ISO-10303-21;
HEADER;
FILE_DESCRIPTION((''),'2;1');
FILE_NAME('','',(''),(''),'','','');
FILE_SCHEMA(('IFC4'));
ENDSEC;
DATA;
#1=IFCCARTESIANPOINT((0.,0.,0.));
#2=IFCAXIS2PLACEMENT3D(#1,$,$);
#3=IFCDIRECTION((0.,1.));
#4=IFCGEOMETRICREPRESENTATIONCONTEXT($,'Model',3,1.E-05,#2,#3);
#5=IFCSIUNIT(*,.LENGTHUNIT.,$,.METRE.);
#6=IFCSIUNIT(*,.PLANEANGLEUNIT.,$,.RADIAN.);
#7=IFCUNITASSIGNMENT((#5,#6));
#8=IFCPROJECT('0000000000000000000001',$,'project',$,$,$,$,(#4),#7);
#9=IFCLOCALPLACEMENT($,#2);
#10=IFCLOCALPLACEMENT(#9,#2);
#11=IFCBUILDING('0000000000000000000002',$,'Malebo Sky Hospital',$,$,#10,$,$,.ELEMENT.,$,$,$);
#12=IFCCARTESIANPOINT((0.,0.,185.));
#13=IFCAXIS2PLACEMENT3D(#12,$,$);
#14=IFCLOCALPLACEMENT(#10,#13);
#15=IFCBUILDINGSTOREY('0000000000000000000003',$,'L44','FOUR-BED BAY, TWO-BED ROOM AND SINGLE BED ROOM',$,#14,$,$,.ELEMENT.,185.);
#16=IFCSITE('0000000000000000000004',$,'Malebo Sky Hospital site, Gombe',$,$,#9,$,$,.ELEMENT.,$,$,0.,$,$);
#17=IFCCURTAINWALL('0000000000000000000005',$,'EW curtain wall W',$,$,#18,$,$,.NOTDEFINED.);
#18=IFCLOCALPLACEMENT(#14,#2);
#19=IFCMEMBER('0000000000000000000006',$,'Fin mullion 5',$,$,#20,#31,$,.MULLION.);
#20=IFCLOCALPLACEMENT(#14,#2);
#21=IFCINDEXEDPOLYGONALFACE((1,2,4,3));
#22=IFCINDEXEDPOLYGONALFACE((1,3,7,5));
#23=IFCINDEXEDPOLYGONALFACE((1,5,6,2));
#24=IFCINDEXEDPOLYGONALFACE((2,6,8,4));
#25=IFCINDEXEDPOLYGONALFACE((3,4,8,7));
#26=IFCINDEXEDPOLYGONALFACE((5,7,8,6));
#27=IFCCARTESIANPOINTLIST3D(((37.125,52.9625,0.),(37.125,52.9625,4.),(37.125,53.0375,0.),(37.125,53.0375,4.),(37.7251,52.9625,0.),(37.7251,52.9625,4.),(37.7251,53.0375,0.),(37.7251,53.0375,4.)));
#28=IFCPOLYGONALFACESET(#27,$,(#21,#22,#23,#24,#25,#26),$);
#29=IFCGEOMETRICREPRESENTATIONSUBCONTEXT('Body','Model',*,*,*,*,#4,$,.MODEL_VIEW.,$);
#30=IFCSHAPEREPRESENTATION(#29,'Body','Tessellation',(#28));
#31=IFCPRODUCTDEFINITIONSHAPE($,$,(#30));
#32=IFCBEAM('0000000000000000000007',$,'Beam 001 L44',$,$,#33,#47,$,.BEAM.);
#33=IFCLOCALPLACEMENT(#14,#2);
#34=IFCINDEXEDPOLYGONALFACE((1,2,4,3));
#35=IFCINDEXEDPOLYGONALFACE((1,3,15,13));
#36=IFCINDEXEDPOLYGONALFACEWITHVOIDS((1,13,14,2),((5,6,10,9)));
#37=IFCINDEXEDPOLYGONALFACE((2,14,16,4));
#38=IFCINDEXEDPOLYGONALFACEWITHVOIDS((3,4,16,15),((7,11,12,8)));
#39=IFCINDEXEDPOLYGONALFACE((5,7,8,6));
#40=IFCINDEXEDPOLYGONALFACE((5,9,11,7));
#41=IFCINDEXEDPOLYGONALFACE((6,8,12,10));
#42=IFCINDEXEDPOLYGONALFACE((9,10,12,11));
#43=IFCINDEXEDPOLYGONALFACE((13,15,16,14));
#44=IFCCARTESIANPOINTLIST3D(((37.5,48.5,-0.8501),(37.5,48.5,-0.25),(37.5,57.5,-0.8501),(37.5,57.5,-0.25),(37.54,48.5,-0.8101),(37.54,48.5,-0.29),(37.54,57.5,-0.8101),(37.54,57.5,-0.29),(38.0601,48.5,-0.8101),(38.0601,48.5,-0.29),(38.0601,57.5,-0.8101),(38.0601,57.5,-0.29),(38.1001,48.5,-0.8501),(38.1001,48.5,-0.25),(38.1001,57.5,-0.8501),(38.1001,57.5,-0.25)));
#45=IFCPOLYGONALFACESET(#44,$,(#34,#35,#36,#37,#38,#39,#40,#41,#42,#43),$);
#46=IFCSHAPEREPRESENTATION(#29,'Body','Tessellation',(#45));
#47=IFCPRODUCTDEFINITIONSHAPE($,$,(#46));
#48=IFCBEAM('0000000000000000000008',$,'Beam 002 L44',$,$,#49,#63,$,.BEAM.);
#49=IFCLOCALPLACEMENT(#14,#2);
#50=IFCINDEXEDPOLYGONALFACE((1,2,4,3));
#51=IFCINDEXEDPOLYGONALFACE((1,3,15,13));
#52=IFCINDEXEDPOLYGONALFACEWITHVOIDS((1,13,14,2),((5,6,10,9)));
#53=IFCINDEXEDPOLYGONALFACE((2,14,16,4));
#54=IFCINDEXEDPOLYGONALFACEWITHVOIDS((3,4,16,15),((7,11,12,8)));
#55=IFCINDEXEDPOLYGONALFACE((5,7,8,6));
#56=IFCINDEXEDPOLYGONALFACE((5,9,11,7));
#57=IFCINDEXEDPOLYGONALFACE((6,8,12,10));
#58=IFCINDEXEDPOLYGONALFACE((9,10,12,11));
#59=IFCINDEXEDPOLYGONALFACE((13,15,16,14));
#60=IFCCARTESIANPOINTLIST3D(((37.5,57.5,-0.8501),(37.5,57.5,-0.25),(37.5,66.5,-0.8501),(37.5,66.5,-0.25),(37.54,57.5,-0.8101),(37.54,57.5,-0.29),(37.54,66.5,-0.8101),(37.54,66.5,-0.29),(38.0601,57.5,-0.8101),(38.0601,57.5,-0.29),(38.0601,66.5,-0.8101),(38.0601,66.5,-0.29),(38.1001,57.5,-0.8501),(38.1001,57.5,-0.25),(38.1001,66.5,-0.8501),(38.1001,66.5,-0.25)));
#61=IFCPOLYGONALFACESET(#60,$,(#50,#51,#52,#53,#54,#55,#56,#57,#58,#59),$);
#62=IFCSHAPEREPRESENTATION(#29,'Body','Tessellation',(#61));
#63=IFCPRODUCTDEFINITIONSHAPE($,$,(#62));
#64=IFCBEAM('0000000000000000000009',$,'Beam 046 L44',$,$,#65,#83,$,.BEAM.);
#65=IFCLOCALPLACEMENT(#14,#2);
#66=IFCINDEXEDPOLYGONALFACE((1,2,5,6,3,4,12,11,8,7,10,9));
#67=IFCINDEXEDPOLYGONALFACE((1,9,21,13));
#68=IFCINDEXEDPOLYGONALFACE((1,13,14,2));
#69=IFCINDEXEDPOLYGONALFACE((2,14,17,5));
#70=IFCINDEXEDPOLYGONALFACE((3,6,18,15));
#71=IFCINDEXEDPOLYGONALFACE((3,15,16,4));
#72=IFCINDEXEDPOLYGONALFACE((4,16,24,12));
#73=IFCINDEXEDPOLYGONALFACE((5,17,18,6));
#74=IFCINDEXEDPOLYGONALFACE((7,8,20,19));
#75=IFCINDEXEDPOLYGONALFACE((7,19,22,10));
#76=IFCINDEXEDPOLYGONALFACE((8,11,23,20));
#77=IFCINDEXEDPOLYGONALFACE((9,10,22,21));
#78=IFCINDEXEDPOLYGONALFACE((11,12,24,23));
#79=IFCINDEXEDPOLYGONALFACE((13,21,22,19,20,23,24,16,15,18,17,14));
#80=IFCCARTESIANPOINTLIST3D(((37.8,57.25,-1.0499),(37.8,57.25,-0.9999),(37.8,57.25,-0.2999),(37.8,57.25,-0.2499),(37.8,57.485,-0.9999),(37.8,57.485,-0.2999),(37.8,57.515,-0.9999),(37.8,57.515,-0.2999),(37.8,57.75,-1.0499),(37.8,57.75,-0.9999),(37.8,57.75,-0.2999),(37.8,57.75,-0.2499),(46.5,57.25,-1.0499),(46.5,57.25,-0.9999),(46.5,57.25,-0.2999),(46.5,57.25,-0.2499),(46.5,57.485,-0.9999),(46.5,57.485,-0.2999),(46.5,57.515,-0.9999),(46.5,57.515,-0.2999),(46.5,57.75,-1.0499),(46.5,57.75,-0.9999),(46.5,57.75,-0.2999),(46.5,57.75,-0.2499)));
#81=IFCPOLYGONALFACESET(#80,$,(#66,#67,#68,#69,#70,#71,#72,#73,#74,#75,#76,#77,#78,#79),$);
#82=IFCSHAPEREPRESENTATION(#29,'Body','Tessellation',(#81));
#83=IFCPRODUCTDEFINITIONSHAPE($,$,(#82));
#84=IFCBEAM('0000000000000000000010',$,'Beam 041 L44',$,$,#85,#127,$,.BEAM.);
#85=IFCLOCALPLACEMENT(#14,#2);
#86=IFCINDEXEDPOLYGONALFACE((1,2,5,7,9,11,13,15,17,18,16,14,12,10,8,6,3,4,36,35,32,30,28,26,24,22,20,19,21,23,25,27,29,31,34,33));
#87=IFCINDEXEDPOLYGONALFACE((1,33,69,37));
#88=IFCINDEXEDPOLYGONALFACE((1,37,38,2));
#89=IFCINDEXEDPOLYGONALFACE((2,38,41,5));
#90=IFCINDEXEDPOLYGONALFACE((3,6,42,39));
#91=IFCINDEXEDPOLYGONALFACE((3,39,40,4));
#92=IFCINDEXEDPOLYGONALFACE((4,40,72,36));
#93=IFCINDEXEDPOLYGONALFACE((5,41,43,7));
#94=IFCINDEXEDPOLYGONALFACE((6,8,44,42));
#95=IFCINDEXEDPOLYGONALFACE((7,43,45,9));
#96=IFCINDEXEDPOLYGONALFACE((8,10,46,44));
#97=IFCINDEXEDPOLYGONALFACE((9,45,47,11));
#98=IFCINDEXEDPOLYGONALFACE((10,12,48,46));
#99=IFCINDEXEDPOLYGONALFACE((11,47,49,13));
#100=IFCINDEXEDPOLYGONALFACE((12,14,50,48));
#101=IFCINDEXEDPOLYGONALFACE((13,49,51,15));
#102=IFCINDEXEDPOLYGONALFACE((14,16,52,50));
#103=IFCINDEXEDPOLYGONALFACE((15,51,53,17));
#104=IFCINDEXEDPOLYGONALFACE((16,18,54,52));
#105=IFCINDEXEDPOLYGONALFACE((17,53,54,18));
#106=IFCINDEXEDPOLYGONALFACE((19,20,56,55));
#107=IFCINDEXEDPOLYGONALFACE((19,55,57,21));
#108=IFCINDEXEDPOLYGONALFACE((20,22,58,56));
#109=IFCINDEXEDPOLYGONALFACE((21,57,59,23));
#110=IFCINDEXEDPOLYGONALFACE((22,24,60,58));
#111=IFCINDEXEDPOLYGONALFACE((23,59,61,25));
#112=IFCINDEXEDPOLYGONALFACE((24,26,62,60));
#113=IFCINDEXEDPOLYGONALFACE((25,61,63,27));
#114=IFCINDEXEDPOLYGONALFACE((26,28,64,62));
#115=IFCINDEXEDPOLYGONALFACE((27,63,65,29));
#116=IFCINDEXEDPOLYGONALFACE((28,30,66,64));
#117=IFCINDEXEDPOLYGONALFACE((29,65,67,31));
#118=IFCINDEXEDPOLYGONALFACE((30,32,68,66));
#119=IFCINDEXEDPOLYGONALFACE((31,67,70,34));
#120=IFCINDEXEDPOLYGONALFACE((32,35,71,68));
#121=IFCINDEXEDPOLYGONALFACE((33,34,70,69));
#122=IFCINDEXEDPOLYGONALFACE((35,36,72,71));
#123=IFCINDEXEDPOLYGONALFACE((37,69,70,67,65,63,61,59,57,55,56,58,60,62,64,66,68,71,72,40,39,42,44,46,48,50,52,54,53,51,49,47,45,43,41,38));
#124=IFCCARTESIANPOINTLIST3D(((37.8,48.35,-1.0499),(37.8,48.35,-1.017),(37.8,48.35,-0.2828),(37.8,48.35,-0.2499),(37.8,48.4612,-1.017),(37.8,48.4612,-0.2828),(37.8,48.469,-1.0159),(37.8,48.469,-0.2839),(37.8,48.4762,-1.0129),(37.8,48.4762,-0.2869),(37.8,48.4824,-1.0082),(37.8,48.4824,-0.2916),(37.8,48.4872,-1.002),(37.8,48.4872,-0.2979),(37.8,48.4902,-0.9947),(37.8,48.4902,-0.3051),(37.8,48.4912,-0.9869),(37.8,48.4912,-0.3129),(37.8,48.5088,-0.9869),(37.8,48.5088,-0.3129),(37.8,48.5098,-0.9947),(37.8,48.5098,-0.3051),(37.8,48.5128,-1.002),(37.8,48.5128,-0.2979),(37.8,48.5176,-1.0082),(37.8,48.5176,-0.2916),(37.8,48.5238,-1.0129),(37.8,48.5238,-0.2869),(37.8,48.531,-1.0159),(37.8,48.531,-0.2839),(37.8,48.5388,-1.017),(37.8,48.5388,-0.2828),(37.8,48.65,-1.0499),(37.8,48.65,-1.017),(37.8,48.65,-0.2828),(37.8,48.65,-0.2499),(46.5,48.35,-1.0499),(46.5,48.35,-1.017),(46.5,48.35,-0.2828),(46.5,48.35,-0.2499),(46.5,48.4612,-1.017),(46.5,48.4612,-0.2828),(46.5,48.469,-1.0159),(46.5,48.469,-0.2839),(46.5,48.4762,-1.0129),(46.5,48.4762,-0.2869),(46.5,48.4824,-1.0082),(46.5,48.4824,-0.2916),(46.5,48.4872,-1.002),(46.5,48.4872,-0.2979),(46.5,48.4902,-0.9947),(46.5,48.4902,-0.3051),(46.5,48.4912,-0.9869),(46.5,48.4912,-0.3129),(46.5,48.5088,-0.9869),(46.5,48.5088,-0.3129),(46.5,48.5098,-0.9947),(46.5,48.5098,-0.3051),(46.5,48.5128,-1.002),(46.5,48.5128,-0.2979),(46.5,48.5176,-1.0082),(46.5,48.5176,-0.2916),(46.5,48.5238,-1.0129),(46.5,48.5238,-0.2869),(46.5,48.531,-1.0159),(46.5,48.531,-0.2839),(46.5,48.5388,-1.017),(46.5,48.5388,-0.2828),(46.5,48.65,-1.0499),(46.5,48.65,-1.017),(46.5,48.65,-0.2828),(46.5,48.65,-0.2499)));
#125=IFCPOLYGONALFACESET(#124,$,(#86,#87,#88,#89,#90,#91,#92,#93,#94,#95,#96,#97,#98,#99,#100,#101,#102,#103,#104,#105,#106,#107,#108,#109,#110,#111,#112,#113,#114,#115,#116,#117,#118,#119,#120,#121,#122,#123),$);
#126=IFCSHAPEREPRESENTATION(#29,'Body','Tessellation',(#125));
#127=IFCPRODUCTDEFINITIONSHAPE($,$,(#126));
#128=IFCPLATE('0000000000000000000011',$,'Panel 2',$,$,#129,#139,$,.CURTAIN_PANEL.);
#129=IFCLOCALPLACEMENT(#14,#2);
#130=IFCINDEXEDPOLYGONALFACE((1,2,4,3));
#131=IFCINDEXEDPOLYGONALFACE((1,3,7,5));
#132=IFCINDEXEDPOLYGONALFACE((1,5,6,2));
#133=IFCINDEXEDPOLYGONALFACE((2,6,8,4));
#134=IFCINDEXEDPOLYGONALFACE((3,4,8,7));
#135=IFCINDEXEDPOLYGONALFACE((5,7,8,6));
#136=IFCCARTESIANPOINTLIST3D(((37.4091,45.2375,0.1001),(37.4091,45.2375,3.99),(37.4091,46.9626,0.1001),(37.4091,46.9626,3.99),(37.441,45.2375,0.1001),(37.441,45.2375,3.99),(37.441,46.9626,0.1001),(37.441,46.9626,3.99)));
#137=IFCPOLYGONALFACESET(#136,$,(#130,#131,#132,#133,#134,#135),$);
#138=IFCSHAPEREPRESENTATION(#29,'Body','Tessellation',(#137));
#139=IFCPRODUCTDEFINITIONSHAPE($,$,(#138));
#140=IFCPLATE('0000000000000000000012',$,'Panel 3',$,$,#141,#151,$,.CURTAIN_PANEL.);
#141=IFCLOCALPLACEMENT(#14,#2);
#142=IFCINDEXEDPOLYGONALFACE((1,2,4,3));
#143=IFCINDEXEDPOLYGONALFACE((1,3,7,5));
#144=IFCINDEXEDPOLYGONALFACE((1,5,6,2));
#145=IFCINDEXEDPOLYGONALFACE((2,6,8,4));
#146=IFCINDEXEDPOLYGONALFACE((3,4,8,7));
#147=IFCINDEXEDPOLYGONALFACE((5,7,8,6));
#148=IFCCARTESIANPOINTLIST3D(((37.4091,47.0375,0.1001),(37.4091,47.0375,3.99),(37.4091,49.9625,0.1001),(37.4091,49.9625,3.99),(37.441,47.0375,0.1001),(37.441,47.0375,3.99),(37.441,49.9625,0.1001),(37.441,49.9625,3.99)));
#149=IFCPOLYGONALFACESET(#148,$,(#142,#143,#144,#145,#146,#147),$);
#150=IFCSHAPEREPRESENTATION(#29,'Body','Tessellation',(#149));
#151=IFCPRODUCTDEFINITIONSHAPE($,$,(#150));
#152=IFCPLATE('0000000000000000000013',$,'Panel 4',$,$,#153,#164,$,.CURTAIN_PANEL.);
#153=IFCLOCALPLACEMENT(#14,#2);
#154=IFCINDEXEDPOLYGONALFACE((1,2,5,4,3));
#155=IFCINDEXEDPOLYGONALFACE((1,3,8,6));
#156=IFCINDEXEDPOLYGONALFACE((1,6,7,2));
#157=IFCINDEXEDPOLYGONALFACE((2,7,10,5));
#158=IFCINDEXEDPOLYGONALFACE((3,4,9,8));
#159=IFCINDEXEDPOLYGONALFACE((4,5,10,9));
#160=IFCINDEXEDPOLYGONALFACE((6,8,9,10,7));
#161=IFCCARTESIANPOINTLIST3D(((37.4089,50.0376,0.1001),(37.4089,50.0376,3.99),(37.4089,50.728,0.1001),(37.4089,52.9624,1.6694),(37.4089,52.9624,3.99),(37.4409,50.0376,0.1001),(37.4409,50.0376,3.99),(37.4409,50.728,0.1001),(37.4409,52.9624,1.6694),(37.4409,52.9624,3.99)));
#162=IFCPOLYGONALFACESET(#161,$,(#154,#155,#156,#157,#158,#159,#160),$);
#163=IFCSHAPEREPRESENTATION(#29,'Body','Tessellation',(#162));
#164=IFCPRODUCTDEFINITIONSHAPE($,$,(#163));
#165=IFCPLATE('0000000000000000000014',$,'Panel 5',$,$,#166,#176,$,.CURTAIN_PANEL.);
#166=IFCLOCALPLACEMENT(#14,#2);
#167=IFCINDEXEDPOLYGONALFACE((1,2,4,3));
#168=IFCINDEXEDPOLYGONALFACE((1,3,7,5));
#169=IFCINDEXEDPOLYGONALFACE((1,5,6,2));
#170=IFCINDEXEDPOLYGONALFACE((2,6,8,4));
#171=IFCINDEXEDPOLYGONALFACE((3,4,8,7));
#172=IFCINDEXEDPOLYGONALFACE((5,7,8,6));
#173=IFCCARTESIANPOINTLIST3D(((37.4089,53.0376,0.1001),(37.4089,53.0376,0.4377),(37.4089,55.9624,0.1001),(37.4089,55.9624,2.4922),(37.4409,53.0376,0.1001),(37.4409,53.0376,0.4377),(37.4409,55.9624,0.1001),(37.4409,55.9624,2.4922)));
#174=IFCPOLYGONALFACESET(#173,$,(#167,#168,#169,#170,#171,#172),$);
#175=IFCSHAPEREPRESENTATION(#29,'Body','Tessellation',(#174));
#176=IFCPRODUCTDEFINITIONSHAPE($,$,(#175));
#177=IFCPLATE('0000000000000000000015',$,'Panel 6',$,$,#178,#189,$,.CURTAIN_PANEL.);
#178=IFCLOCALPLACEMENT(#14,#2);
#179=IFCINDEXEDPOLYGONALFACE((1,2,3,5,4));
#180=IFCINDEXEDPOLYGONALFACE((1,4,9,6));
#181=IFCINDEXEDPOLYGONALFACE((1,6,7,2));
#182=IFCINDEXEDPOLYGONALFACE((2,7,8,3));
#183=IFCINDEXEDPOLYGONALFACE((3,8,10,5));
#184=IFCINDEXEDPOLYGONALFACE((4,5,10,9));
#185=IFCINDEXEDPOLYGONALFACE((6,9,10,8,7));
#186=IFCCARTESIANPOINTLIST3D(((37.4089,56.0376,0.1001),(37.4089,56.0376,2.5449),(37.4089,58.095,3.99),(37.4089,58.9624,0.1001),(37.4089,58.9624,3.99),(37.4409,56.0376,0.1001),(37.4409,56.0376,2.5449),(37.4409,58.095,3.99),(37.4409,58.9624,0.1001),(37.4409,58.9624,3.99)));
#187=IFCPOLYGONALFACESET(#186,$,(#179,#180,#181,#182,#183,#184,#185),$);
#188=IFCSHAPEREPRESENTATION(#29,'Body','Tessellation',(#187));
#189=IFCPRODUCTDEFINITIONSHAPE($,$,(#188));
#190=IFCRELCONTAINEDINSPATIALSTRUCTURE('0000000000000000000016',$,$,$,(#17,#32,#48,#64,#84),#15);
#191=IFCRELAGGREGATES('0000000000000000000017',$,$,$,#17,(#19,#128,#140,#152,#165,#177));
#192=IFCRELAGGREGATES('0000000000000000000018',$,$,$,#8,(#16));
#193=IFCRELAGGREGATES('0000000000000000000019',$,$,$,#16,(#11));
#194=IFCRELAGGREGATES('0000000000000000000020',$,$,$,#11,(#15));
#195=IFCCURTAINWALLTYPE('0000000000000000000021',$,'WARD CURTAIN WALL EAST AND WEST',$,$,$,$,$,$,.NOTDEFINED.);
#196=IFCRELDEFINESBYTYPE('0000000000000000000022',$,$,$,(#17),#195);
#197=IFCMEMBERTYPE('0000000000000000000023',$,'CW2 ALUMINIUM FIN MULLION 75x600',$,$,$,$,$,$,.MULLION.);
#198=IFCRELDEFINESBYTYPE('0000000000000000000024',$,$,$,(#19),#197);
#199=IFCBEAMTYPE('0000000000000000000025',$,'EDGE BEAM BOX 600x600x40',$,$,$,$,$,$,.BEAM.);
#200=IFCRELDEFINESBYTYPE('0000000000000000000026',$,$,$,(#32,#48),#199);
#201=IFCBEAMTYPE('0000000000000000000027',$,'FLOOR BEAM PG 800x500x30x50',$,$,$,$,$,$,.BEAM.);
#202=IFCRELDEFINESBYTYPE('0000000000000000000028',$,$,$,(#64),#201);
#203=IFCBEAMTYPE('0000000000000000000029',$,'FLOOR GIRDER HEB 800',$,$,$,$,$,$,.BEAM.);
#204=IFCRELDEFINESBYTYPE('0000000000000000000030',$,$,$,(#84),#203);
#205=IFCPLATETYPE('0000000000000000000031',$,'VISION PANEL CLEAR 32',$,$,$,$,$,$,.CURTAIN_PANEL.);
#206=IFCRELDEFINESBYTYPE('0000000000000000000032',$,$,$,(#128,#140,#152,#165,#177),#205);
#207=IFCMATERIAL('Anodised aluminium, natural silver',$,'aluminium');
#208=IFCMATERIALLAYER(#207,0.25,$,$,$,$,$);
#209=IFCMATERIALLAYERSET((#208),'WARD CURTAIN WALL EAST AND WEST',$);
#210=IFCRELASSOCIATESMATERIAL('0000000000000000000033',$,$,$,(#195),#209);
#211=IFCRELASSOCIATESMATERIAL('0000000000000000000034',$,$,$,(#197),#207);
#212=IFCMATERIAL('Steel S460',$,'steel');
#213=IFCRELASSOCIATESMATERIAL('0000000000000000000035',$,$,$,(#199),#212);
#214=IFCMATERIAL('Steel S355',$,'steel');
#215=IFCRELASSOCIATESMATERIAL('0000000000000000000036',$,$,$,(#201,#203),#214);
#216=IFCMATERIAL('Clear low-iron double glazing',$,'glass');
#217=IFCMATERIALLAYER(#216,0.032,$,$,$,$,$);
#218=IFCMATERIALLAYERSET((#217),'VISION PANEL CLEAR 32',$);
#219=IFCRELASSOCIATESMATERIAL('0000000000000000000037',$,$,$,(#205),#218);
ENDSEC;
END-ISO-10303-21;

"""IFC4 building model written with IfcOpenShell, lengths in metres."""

from ifc_helpers import new_model, si_unit, direction, frame, origin, origin_2d, place, context, subcontext, project, spatial, polyline, rectangle, hollow_rectangle, i_section, outline, extrude, material, layer, layer_set, material_profile, profile_set, type_object, element, aggregate, save


model = new_model("IFC4")

# Units and contexts
model_context = context("Model", 3, precision=1e-05, world=origin(), true_north=direction((0.0, 1.0)))
body_context = subcontext(model_context, "Body", "Model", "MODEL_VIEW")
ifc_project = project(units=[si_unit("LENGTHUNIT", "METRE"), si_unit("PLANEANGLEUNIT", "RADIAN")], contexts=[model_context])

# Site, building, storey
site_placement = place(None, origin())
site = spatial("IfcSite", under=ifc_project, at=site_placement, Name="Malebo Sky Hospital site, Gombe", CompositionType="ELEMENT", RefElevation=0.0)
building_placement = place(site_placement, origin())
building = spatial("IfcBuilding", under=site, at=building_placement, Name="Malebo Sky Hospital", CompositionType="ELEMENT")
storey_placement = place(building_placement, frame((0.0, 0.0, 185.0)))
storey = spatial("IfcBuildingStorey", under=building, at=storey_placement, Name="L44", Description="FOUR-BED BAY, TWO-BED ROOM AND SINGLE BED ROOM", CompositionType="ELEMENT", Elevation=185.0)

# Shared definitions
ifc_material_1 = material(Name="Steel S460", Category="steel")

# Curtain wall
ifc_material_2 = material(Name="Anodised aluminium, natural silver", Category="aluminium")
ifc_layer_1 = layer(ifc_material_2, 0.25)
ifc_layer_set_1 = layer_set([ifc_layer_1], Name="WARD CURTAIN WALL EAST AND WEST")
curtain_wall_type = type_object("IfcCurtainWallType", Name="WARD CURTAIN WALL EAST AND WEST", PredefinedType="NOTDEFINED", material=ifc_layer_set_1)
curtain_wall_placement = place(storey_placement, origin())
curtain_wall = element("IfcCurtainWall", 1, at=curtain_wall_placement, inside=storey, type_object=curtain_wall_type, Name="EW curtain wall W", PredefinedType="NOTDEFINED")

# Member
ifc_material_3 = material(Name="Steel S355", Category="steel")
ifc_material_profile_1 = material_profile(ifc_material_2, rectangle(XDim=0.075, YDim=0.6001, at=origin_2d()), Name="CW2 ALUMINIUM FIN MULLION 75x600")
ifc_profile_set_1 = profile_set([ifc_material_profile_1], Name="Anodised aluminium, natural silver")
member_type_1 = type_object("IfcMemberType", Name="CW2 ALUMINIUM FIN MULLION 75x600", PredefinedType="MULLION", material=ifc_profile_set_1)
member_1_placement = place(storey_placement, frame((37.425, 53.0, 0.0), z_axis=(0.0, 0.0, 1.0), x_axis=(0.0, 1.0, 0.0)))
member_1 = element("IfcMember", 2, at=member_1_placement, type_object=member_type_1, Name="Fin mullion 5", PredefinedType="MULLION", context=body_context, shape_type="SweptSolid", body=[
    extrude(rectangle(XDim=0.075, YDim=0.6001, at=origin_2d()), origin(), (0.0, 0.0, 1.0), 4.0),
])

# Beams
ifc_material_profile_2 = material_profile(ifc_material_1, hollow_rectangle(XDim=0.6001, YDim=0.6001, WallThickness=0.04, at=origin_2d()), Name="BOX 600x600x40")
ifc_profile_set_2 = profile_set([ifc_material_profile_2], Name="Steel S460")
beam_type_1 = type_object("IfcBeamType", Name="EDGE BEAM BOX 600x600x40", PredefinedType="BEAM", material=ifc_profile_set_2)
for number, where, z_axis, x_axis, name in (
    (3, (37.8, 48.5, -0.55), (0.0, 1.0, 0.0), (-1.0, 0.0, 0.0), "Beam 001 L44"),
    (4, (37.8, 57.5, -0.55), (0.0, 1.0, 0.0), (-1.0, 0.0, 0.0), "Beam 002 L44"),
):
    element("IfcBeam", number, at=place(storey_placement, frame(where, z_axis=z_axis, x_axis=x_axis)), inside=storey, type_object=beam_type_1, Name=name, PredefinedType="BEAM", context=body_context, shape_type="SweptSolid", body=[
        extrude(hollow_rectangle(XDim=0.6001, YDim=0.6001, WallThickness=0.04, at=origin_2d()), origin(), (0.0, 0.0, 1.0), 9.0),
    ])
ifc_material_profile_3 = material_profile(ifc_material_3, i_section(OverallWidth=0.5, OverallDepth=0.8, WebThickness=0.03, FlangeThickness=0.05, at=origin_2d()), Name="PG 800x500x30x50")
ifc_profile_set_3 = profile_set([ifc_material_profile_3], Name="Steel S355")
beam_type_2 = type_object("IfcBeamType", Name="FLOOR BEAM PG 800x500x30x50", PredefinedType="BEAM", material=ifc_profile_set_3)
beam_1_placement = place(storey_placement, frame((37.8, 57.5, -0.6499), z_axis=(1.0, 0.0, 0.0), x_axis=(0.0, 1.0, 0.0)))
element("IfcBeam", 5, at=beam_1_placement, inside=storey, type_object=beam_type_2, Name="Beam 046 L44", PredefinedType="BEAM", context=body_context, shape_type="SweptSolid", body=[
    extrude(i_section(OverallWidth=0.5, OverallDepth=0.8, WebThickness=0.03, FlangeThickness=0.05, at=origin_2d()), origin(), (0.0, 0.0, 1.0), 8.7),
])
ifc_material_profile_4 = material_profile(ifc_material_3, i_section(OverallWidth=0.3, OverallDepth=0.8, WebThickness=0.0176, FlangeThickness=0.033, FilletRadius=0.03, at=origin_2d()), Name="HEB 800")
ifc_profile_set_4 = profile_set([ifc_material_profile_4], Name="Steel S355")
beam_type_3 = type_object("IfcBeamType", Name="FLOOR GIRDER HEB 800", PredefinedType="BEAM", material=ifc_profile_set_4)
beam_2_placement = place(storey_placement, frame((37.8, 48.5, -0.6499), z_axis=(1.0, 0.0, 0.0), x_axis=(0.0, 1.0, 0.0)))
element("IfcBeam", 6, at=beam_2_placement, inside=storey, type_object=beam_type_3, Name="Beam 041 L44", PredefinedType="BEAM", context=body_context, shape_type="SweptSolid", body=[
    extrude(i_section(OverallWidth=0.3, OverallDepth=0.8, WebThickness=0.0176, FlangeThickness=0.033, FilletRadius=0.03, at=origin_2d()), origin(), (0.0, 0.0, 1.0), 8.7),
])

# Plates
ifc_material_4 = material(Name="Clear low-iron double glazing", Category="glass")
ifc_layer_2 = layer(ifc_material_4, 0.032)
ifc_layer_set_2 = layer_set([ifc_layer_2], Name="VISION PANEL CLEAR 32")
plate_type = type_object("IfcPlateType", Name="VISION PANEL CLEAR 32", PredefinedType="CURTAIN_PANEL", material=ifc_layer_set_2)
plate_1_placement = place(storey_placement, frame((37.425, 46.1001, 0.1001), z_axis=(0.0, 0.0, 1.0), x_axis=(0.0, 1.0, 0.0)))
plate_1 = element("IfcPlate", 7, at=plate_1_placement, type_object=plate_type, Name="Panel 2", PredefinedType="CURTAIN_PANEL", context=body_context, shape_type="SweptSolid", body=[
    extrude(rectangle(XDim=1.7251, YDim=0.032, at=origin_2d()), origin(), (0.0, 0.0, 1.0), 3.8899),
])
plate_2_placement = place(storey_placement, frame((37.425, 48.5, 0.1001), z_axis=(0.0, 0.0, 1.0), x_axis=(0.0, 1.0, 0.0)))
plate_2 = element("IfcPlate", 8, at=plate_2_placement, type_object=plate_type, Name="Panel 3", PredefinedType="CURTAIN_PANEL", context=body_context, shape_type="SweptSolid", body=[
    extrude(rectangle(XDim=2.925, YDim=0.032, at=origin_2d()), origin(), (0.0, 0.0, 1.0), 3.8899),
])
plate_3_placement = place(storey_placement, frame((37.425, 51.5, 0.1001), z_axis=(0.0, 0.0, 1.0), x_axis=(0.0, 1.0, 0.0)))
plate_3 = element("IfcPlate", 9, at=plate_3_placement, type_object=plate_type, Name="Panel 4", PredefinedType="CURTAIN_PANEL", context=body_context, shape_type="SweptSolid", body=[
    extrude(outline(polyline([(-1.4624, 0.0), (-0.772, 0.0), (1.4624, 1.5693), (1.4624, 3.8899), (-1.4624, 3.8899), (-1.4624, 0.0)])), frame((0.0, 0.0161, 0.0), z_axis=(0.0, -1.0, 0.0), x_axis=(1.0, 0.0, 0.0)), (0.0, 0.0, 1.0), 0.032),
])
plate_4_placement = place(storey_placement, frame((37.425, 54.5, 0.1001), z_axis=(0.0, 0.0, 1.0), x_axis=(0.0, 1.0, 0.0)))
plate_4 = element("IfcPlate", 10, at=plate_4_placement, type_object=plate_type, Name="Panel 5", PredefinedType="CURTAIN_PANEL", context=body_context, shape_type="SweptSolid", body=[
    extrude(outline(polyline([(-1.4624, 0.0), (1.4624, 0.0), (1.4624, 2.3921), (-1.4624, 0.3376), (-1.4624, 0.0)])), frame((0.0, 0.0161, 0.0), z_axis=(0.0, -1.0, 0.0), x_axis=(1.0, 0.0, 0.0)), (0.0, 0.0, 1.0), 0.032),
])
plate_5_placement = place(storey_placement, frame((37.425, 57.5, 0.1001), z_axis=(0.0, 0.0, 1.0), x_axis=(0.0, 1.0, 0.0)))
plate_5 = element("IfcPlate", 11, at=plate_5_placement, type_object=plate_type, Name="Panel 6", PredefinedType="CURTAIN_PANEL", context=body_context, shape_type="SweptSolid", body=[
    extrude(outline(polyline([(-1.4624, 0.0), (1.4624, 0.0), (1.4624, 3.8899), (0.595, 3.8899), (-1.4624, 2.4448), (-1.4624, 0.0)])), frame((0.0, 0.0161, 0.0), z_axis=(0.0, -1.0, 0.0), x_axis=(1.0, 0.0, 0.0)), (0.0, 0.0, 1.0), 0.032),
])
aggregate(curtain_wall, [member_1, plate_1, plate_2, plate_3, plate_4, plate_5])

save(model, "model.ifc")
